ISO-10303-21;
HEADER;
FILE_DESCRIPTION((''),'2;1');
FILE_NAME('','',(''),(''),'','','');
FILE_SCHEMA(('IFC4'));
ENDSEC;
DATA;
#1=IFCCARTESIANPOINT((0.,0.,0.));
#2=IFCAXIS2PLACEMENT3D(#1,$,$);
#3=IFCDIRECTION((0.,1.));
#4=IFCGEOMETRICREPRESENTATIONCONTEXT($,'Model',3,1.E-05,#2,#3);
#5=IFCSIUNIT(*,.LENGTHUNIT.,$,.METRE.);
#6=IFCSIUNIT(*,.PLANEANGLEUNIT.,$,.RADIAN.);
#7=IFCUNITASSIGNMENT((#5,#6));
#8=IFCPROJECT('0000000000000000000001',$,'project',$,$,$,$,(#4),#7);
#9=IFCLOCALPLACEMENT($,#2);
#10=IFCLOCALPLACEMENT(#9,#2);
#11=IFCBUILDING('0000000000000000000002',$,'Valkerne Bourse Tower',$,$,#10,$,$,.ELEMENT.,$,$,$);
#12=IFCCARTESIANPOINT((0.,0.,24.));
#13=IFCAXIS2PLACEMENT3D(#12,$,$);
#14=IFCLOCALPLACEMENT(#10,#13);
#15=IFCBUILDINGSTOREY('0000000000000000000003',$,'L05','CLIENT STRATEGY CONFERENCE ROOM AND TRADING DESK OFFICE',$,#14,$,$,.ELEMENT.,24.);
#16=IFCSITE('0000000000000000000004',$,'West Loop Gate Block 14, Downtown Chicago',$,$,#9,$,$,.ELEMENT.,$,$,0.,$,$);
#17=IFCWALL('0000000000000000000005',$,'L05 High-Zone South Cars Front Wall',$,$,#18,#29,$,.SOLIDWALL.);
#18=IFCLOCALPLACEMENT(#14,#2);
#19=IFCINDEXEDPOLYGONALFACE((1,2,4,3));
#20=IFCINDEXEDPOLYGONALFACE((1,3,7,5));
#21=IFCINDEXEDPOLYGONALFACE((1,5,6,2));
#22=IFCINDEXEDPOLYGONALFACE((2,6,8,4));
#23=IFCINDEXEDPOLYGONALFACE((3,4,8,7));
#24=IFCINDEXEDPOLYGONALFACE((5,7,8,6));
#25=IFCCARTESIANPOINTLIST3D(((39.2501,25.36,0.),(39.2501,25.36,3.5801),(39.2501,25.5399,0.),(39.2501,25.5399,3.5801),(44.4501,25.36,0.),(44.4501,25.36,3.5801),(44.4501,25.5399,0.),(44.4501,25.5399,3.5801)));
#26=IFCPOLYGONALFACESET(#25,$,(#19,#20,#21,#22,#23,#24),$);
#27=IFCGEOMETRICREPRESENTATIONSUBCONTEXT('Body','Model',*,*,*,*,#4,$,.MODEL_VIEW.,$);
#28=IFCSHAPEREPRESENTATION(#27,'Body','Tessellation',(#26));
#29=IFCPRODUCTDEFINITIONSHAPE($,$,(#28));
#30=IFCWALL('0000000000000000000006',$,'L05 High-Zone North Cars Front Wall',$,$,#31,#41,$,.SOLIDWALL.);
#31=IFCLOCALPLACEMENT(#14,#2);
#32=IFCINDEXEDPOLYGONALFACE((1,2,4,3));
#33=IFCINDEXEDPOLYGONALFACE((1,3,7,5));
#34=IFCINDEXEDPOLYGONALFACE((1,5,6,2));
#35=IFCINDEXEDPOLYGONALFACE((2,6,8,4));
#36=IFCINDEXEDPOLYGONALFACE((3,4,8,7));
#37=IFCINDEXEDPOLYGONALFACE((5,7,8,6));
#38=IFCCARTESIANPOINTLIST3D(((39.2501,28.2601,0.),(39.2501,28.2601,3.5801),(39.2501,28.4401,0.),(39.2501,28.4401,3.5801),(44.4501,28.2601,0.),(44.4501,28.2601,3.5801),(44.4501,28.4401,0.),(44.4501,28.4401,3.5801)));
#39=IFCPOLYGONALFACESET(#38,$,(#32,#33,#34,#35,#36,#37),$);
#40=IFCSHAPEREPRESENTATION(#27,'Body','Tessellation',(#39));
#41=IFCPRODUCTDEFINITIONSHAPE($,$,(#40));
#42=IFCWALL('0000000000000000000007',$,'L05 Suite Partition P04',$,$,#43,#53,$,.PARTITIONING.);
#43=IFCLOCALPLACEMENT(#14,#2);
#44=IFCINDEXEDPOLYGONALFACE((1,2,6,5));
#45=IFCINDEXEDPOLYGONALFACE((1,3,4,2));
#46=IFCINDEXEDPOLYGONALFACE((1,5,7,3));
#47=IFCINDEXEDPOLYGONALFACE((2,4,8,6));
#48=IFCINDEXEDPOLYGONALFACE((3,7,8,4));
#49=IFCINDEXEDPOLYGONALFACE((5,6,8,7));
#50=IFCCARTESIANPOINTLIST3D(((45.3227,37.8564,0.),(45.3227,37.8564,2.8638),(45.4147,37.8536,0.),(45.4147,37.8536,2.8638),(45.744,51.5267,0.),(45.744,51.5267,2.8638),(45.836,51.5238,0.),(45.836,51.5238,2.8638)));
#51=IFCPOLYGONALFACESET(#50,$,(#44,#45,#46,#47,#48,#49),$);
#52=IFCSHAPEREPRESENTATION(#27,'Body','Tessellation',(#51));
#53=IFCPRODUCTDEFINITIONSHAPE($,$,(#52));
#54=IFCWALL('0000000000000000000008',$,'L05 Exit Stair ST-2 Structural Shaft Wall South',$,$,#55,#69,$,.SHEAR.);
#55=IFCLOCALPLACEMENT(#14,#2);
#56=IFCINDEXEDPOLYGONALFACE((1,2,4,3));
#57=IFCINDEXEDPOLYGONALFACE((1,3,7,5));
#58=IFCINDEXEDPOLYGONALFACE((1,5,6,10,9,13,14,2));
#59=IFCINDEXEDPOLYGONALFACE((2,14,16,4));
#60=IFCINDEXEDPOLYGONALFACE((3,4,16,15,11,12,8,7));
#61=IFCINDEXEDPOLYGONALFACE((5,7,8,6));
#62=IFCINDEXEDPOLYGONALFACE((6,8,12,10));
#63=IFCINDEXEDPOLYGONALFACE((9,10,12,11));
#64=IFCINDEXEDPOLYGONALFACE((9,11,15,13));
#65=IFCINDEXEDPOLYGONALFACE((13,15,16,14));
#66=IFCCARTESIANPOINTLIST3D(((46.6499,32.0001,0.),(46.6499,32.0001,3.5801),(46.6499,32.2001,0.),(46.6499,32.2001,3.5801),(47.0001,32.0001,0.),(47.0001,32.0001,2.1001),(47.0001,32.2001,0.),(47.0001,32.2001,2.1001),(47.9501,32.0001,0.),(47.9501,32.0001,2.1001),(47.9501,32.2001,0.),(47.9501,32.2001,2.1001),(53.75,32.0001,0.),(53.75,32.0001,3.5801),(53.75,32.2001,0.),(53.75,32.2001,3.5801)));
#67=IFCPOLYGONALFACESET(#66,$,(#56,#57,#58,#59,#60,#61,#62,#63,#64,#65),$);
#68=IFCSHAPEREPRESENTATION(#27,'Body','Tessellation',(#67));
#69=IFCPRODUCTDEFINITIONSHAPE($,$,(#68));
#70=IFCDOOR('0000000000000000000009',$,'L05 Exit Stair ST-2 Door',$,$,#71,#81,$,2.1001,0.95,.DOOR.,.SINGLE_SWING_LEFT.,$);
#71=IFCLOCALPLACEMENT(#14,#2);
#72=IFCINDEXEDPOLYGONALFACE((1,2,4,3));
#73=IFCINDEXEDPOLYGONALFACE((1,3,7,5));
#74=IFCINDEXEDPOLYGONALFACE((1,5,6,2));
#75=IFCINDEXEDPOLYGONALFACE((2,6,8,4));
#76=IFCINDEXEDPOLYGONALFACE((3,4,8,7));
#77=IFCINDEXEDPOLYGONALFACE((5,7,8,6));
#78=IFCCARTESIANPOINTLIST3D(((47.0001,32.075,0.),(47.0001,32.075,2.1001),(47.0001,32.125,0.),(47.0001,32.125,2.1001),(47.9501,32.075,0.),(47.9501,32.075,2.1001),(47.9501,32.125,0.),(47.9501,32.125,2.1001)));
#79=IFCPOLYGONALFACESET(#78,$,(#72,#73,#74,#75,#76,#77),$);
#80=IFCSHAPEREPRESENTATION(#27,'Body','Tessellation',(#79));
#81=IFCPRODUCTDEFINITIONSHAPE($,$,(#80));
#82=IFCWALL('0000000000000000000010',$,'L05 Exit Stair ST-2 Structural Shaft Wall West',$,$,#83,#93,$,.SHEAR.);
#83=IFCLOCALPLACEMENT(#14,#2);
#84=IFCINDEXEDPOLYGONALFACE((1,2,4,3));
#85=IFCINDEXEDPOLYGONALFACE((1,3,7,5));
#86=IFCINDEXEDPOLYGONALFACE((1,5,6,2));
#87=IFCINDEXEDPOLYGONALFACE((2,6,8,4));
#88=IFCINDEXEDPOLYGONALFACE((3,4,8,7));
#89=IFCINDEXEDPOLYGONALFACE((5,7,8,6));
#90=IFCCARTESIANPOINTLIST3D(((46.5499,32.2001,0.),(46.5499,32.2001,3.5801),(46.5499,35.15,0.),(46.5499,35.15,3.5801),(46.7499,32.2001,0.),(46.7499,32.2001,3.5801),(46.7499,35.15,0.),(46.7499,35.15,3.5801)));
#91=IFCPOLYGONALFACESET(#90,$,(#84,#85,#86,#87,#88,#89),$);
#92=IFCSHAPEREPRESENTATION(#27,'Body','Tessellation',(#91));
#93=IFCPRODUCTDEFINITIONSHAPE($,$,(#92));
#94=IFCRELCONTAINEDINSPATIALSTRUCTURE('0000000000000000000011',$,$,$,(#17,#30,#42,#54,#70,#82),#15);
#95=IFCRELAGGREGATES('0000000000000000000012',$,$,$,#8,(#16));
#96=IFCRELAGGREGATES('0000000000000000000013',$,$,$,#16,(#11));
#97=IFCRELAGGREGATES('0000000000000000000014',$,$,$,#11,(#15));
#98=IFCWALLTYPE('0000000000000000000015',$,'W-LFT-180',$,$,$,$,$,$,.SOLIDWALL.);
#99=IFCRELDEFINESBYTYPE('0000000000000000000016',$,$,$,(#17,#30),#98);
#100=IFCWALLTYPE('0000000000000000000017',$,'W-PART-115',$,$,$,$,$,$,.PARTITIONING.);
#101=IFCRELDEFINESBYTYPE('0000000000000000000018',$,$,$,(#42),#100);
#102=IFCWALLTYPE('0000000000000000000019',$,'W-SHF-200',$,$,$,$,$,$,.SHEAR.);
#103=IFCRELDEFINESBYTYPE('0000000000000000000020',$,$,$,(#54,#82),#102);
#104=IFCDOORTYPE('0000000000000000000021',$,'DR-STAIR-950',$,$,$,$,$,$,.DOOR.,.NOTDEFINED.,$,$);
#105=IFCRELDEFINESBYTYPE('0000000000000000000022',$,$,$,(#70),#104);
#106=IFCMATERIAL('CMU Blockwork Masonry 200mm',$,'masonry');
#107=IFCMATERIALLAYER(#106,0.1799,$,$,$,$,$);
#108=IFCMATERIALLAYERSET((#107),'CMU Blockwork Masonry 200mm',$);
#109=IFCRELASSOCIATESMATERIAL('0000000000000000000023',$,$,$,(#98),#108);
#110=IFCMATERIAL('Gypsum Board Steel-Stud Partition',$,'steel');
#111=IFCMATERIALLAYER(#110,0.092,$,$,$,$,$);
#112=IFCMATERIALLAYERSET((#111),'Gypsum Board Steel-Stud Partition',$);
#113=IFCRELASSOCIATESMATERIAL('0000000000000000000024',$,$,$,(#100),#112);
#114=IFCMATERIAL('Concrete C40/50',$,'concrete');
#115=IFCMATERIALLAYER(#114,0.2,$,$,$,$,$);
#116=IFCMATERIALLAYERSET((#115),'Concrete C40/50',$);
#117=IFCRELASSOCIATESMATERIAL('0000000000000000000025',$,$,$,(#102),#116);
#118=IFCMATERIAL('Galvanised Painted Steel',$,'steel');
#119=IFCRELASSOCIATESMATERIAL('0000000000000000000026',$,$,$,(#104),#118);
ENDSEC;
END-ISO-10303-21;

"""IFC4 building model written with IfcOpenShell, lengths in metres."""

from ifc_helpers import new_model, si_unit, direction, frame, frame_2d, origin, place, context, subcontext, project, spatial, rectangle, extrude, material, layer, layer_set, type_object, element, fill, save


model = new_model("IFC4")

# Units and contexts
model_context = context("Model", 3, precision=1e-05, world=origin(), true_north=direction((0.0, 1.0)))
body_context = subcontext(model_context, "Body", "Model", "MODEL_VIEW")
ifc_project = project(units=[si_unit("LENGTHUNIT", "METRE"), si_unit("PLANEANGLEUNIT", "RADIAN")], contexts=[model_context])

# Site, building, storey
site_placement = place(None, origin())
site = spatial("IfcSite", under=ifc_project, at=site_placement, Name="West Loop Gate Block 14, Downtown Chicago", CompositionType="ELEMENT", RefElevation=0.0)
building_placement = place(site_placement, origin())
building = spatial("IfcBuilding", under=site, at=building_placement, Name="Valkerne Bourse Tower", CompositionType="ELEMENT")
storey_placement = place(building_placement, frame((0.0, 0.0, 24.0)))
storey = spatial("IfcBuildingStorey", under=building, at=storey_placement, Name="L05", Description="CLIENT STRATEGY CONFERENCE ROOM AND TRADING DESK OFFICE", CompositionType="ELEMENT", Elevation=24.0)

# Shared definitions
ifc_material_1 = material(Name="Galvanised Painted Steel", Category="steel")

# Walls
ifc_material_2 = material(Name="CMU Blockwork Masonry 200mm", Category="masonry")
ifc_layer_1 = layer(ifc_material_2, 0.1799)
ifc_layer_set_1 = layer_set([ifc_layer_1], Name="CMU Blockwork Masonry 200mm")
wall_type_1 = type_object("IfcWallType", Name="W-LFT-180", PredefinedType="SOLIDWALL", material=ifc_layer_set_1)
for number, where, z_axis, x_axis, name in (
    (1, (39.25, 25.45, 0.0), (0.0, 0.0, 1.0), (1.0, 0.0, 0.0), "L05 High-Zone South Cars Front Wall"),
    (2, (39.25, 28.3501, 0.0), (0.0, 0.0, 1.0), (1.0, 0.0, 0.0), "L05 High-Zone North Cars Front Wall"),
):
    element("IfcWall", number, at=place(storey_placement, frame(where, z_axis=z_axis, x_axis=x_axis)), inside=storey, type_object=wall_type_1, Name=name, PredefinedType="SOLIDWALL", context=body_context, shape_type="SweptSolid", body=[
        extrude(rectangle(XDim=5.2, YDim=0.1799, at=frame_2d((2.6001, 0.0))), origin(), (0.0, 0.0, 1.0), 3.5801),
    ])
ifc_material_3 = material(Name="Gypsum Board Steel-Stud Partition", Category="steel")
ifc_layer_2 = layer(ifc_material_3, 0.092)
ifc_layer_set_2 = layer_set([ifc_layer_2], Name="Gypsum Board Steel-Stud Partition")
wall_type_2 = type_object("IfcWallType", Name="W-PART-115", PredefinedType="PARTITIONING", material=ifc_layer_set_2)
wall_1_placement = place(storey_placement, frame((45.3687, 37.855, 0.0), z_axis=(0.0, 0.0, 1.0), x_axis=(0.030811, 0.999525, 0.0)))
element("IfcWall", 3, at=wall_1_placement, inside=storey, type_object=wall_type_2, Name="L05 Suite Partition P04", PredefinedType="PARTITIONING", context=body_context, shape_type="SweptSolid", body=[
    extrude(rectangle(XDim=13.6768, YDim=0.092, at=frame_2d((6.8384, 0.0))), origin(), (0.0, 0.0, 1.0), 2.8638),
])

# Wall, opening, door
ifc_material_4 = material(Name="Concrete C40/50", Category="concrete")
ifc_layer_3 = layer(ifc_material_4, 0.2)
ifc_layer_set_3 = layer_set([ifc_layer_3], Name="Concrete C40/50")
wall_type_3 = type_object("IfcWallType", Name="W-SHF-200", PredefinedType="SHEAR", material=ifc_layer_set_3)
wall_2_placement = place(storey_placement, frame((46.6499, 32.1001, 0.0), z_axis=(0.0, 0.0, 1.0), x_axis=(1.0, 0.0, 0.0)))
wall_2 = element("IfcWall", 4, at=wall_2_placement, inside=storey, type_object=wall_type_3, Name="L05 Exit Stair ST-2 Structural Shaft Wall South", PredefinedType="SHEAR", context=body_context, shape_type="SweptSolid", body=[
    extrude(rectangle(XDim=7.1001, YDim=0.2, at=frame_2d((3.55, 0.0))), origin(), (0.0, 0.0, 1.0), 3.5801),
])
opening_1_placement = place(wall_2_placement, frame((0.3501, 0.0, 0.0)))
opening_1 = element("IfcOpeningElement", 5, at=opening_1_placement, cuts=wall_2, PredefinedType="OPENING", context=body_context, shape_type="SweptSolid", body=[
    extrude(rectangle(XDim=0.95, YDim=2.1001, at=frame_2d((0.4751, 1.05))), frame((0.0, 0.1099, 0.0), z_axis=(0.0, -1.0, 0.0), x_axis=(1.0, 0.0, 0.0)), (0.0, 0.0, 1.0), 0.22),
])
door_type_1 = type_object("IfcDoorType", Name="DR-STAIR-950", OperationType="NOTDEFINED", PredefinedType="DOOR", material=ifc_material_1)
door_1_placement = place(opening_1_placement, origin())
door_1 = element("IfcDoor", 6, at=door_1_placement, inside=storey, type_object=door_type_1, Name="L05 Exit Stair ST-2 Door", OperationType="SINGLE_SWING_LEFT", OverallHeight=2.1001, OverallWidth=0.95, PredefinedType="DOOR", context=body_context, shape_type="SweptSolid", body=[
    extrude(rectangle(XDim=0.95, YDim=2.1001, at=frame_2d((0.4751, 1.05))), frame((0.0, 0.0249, 0.0), z_axis=(0.0, -1.0, 0.0), x_axis=(1.0, 0.0, 0.0)), (0.0, 0.0, 1.0), 0.05),
])
fill(opening_1, door_1)

# Wall
wall_3_placement = place(storey_placement, frame((46.6499, 32.2, 0.0), z_axis=(0.0, 0.0, 1.0), x_axis=(0.0, 1.0, 0.0)))
element("IfcWall", 7, at=wall_3_placement, inside=storey, type_object=wall_type_3, Name="L05 Exit Stair ST-2 Structural Shaft Wall West", PredefinedType="SHEAR", context=body_context, shape_type="SweptSolid", body=[
    extrude(rectangle(XDim=2.95, YDim=0.2, at=frame_2d((1.4751, 0.0))), origin(), (0.0, 0.0, 1.0), 3.5801),
])

save(model, "model.ifc")
